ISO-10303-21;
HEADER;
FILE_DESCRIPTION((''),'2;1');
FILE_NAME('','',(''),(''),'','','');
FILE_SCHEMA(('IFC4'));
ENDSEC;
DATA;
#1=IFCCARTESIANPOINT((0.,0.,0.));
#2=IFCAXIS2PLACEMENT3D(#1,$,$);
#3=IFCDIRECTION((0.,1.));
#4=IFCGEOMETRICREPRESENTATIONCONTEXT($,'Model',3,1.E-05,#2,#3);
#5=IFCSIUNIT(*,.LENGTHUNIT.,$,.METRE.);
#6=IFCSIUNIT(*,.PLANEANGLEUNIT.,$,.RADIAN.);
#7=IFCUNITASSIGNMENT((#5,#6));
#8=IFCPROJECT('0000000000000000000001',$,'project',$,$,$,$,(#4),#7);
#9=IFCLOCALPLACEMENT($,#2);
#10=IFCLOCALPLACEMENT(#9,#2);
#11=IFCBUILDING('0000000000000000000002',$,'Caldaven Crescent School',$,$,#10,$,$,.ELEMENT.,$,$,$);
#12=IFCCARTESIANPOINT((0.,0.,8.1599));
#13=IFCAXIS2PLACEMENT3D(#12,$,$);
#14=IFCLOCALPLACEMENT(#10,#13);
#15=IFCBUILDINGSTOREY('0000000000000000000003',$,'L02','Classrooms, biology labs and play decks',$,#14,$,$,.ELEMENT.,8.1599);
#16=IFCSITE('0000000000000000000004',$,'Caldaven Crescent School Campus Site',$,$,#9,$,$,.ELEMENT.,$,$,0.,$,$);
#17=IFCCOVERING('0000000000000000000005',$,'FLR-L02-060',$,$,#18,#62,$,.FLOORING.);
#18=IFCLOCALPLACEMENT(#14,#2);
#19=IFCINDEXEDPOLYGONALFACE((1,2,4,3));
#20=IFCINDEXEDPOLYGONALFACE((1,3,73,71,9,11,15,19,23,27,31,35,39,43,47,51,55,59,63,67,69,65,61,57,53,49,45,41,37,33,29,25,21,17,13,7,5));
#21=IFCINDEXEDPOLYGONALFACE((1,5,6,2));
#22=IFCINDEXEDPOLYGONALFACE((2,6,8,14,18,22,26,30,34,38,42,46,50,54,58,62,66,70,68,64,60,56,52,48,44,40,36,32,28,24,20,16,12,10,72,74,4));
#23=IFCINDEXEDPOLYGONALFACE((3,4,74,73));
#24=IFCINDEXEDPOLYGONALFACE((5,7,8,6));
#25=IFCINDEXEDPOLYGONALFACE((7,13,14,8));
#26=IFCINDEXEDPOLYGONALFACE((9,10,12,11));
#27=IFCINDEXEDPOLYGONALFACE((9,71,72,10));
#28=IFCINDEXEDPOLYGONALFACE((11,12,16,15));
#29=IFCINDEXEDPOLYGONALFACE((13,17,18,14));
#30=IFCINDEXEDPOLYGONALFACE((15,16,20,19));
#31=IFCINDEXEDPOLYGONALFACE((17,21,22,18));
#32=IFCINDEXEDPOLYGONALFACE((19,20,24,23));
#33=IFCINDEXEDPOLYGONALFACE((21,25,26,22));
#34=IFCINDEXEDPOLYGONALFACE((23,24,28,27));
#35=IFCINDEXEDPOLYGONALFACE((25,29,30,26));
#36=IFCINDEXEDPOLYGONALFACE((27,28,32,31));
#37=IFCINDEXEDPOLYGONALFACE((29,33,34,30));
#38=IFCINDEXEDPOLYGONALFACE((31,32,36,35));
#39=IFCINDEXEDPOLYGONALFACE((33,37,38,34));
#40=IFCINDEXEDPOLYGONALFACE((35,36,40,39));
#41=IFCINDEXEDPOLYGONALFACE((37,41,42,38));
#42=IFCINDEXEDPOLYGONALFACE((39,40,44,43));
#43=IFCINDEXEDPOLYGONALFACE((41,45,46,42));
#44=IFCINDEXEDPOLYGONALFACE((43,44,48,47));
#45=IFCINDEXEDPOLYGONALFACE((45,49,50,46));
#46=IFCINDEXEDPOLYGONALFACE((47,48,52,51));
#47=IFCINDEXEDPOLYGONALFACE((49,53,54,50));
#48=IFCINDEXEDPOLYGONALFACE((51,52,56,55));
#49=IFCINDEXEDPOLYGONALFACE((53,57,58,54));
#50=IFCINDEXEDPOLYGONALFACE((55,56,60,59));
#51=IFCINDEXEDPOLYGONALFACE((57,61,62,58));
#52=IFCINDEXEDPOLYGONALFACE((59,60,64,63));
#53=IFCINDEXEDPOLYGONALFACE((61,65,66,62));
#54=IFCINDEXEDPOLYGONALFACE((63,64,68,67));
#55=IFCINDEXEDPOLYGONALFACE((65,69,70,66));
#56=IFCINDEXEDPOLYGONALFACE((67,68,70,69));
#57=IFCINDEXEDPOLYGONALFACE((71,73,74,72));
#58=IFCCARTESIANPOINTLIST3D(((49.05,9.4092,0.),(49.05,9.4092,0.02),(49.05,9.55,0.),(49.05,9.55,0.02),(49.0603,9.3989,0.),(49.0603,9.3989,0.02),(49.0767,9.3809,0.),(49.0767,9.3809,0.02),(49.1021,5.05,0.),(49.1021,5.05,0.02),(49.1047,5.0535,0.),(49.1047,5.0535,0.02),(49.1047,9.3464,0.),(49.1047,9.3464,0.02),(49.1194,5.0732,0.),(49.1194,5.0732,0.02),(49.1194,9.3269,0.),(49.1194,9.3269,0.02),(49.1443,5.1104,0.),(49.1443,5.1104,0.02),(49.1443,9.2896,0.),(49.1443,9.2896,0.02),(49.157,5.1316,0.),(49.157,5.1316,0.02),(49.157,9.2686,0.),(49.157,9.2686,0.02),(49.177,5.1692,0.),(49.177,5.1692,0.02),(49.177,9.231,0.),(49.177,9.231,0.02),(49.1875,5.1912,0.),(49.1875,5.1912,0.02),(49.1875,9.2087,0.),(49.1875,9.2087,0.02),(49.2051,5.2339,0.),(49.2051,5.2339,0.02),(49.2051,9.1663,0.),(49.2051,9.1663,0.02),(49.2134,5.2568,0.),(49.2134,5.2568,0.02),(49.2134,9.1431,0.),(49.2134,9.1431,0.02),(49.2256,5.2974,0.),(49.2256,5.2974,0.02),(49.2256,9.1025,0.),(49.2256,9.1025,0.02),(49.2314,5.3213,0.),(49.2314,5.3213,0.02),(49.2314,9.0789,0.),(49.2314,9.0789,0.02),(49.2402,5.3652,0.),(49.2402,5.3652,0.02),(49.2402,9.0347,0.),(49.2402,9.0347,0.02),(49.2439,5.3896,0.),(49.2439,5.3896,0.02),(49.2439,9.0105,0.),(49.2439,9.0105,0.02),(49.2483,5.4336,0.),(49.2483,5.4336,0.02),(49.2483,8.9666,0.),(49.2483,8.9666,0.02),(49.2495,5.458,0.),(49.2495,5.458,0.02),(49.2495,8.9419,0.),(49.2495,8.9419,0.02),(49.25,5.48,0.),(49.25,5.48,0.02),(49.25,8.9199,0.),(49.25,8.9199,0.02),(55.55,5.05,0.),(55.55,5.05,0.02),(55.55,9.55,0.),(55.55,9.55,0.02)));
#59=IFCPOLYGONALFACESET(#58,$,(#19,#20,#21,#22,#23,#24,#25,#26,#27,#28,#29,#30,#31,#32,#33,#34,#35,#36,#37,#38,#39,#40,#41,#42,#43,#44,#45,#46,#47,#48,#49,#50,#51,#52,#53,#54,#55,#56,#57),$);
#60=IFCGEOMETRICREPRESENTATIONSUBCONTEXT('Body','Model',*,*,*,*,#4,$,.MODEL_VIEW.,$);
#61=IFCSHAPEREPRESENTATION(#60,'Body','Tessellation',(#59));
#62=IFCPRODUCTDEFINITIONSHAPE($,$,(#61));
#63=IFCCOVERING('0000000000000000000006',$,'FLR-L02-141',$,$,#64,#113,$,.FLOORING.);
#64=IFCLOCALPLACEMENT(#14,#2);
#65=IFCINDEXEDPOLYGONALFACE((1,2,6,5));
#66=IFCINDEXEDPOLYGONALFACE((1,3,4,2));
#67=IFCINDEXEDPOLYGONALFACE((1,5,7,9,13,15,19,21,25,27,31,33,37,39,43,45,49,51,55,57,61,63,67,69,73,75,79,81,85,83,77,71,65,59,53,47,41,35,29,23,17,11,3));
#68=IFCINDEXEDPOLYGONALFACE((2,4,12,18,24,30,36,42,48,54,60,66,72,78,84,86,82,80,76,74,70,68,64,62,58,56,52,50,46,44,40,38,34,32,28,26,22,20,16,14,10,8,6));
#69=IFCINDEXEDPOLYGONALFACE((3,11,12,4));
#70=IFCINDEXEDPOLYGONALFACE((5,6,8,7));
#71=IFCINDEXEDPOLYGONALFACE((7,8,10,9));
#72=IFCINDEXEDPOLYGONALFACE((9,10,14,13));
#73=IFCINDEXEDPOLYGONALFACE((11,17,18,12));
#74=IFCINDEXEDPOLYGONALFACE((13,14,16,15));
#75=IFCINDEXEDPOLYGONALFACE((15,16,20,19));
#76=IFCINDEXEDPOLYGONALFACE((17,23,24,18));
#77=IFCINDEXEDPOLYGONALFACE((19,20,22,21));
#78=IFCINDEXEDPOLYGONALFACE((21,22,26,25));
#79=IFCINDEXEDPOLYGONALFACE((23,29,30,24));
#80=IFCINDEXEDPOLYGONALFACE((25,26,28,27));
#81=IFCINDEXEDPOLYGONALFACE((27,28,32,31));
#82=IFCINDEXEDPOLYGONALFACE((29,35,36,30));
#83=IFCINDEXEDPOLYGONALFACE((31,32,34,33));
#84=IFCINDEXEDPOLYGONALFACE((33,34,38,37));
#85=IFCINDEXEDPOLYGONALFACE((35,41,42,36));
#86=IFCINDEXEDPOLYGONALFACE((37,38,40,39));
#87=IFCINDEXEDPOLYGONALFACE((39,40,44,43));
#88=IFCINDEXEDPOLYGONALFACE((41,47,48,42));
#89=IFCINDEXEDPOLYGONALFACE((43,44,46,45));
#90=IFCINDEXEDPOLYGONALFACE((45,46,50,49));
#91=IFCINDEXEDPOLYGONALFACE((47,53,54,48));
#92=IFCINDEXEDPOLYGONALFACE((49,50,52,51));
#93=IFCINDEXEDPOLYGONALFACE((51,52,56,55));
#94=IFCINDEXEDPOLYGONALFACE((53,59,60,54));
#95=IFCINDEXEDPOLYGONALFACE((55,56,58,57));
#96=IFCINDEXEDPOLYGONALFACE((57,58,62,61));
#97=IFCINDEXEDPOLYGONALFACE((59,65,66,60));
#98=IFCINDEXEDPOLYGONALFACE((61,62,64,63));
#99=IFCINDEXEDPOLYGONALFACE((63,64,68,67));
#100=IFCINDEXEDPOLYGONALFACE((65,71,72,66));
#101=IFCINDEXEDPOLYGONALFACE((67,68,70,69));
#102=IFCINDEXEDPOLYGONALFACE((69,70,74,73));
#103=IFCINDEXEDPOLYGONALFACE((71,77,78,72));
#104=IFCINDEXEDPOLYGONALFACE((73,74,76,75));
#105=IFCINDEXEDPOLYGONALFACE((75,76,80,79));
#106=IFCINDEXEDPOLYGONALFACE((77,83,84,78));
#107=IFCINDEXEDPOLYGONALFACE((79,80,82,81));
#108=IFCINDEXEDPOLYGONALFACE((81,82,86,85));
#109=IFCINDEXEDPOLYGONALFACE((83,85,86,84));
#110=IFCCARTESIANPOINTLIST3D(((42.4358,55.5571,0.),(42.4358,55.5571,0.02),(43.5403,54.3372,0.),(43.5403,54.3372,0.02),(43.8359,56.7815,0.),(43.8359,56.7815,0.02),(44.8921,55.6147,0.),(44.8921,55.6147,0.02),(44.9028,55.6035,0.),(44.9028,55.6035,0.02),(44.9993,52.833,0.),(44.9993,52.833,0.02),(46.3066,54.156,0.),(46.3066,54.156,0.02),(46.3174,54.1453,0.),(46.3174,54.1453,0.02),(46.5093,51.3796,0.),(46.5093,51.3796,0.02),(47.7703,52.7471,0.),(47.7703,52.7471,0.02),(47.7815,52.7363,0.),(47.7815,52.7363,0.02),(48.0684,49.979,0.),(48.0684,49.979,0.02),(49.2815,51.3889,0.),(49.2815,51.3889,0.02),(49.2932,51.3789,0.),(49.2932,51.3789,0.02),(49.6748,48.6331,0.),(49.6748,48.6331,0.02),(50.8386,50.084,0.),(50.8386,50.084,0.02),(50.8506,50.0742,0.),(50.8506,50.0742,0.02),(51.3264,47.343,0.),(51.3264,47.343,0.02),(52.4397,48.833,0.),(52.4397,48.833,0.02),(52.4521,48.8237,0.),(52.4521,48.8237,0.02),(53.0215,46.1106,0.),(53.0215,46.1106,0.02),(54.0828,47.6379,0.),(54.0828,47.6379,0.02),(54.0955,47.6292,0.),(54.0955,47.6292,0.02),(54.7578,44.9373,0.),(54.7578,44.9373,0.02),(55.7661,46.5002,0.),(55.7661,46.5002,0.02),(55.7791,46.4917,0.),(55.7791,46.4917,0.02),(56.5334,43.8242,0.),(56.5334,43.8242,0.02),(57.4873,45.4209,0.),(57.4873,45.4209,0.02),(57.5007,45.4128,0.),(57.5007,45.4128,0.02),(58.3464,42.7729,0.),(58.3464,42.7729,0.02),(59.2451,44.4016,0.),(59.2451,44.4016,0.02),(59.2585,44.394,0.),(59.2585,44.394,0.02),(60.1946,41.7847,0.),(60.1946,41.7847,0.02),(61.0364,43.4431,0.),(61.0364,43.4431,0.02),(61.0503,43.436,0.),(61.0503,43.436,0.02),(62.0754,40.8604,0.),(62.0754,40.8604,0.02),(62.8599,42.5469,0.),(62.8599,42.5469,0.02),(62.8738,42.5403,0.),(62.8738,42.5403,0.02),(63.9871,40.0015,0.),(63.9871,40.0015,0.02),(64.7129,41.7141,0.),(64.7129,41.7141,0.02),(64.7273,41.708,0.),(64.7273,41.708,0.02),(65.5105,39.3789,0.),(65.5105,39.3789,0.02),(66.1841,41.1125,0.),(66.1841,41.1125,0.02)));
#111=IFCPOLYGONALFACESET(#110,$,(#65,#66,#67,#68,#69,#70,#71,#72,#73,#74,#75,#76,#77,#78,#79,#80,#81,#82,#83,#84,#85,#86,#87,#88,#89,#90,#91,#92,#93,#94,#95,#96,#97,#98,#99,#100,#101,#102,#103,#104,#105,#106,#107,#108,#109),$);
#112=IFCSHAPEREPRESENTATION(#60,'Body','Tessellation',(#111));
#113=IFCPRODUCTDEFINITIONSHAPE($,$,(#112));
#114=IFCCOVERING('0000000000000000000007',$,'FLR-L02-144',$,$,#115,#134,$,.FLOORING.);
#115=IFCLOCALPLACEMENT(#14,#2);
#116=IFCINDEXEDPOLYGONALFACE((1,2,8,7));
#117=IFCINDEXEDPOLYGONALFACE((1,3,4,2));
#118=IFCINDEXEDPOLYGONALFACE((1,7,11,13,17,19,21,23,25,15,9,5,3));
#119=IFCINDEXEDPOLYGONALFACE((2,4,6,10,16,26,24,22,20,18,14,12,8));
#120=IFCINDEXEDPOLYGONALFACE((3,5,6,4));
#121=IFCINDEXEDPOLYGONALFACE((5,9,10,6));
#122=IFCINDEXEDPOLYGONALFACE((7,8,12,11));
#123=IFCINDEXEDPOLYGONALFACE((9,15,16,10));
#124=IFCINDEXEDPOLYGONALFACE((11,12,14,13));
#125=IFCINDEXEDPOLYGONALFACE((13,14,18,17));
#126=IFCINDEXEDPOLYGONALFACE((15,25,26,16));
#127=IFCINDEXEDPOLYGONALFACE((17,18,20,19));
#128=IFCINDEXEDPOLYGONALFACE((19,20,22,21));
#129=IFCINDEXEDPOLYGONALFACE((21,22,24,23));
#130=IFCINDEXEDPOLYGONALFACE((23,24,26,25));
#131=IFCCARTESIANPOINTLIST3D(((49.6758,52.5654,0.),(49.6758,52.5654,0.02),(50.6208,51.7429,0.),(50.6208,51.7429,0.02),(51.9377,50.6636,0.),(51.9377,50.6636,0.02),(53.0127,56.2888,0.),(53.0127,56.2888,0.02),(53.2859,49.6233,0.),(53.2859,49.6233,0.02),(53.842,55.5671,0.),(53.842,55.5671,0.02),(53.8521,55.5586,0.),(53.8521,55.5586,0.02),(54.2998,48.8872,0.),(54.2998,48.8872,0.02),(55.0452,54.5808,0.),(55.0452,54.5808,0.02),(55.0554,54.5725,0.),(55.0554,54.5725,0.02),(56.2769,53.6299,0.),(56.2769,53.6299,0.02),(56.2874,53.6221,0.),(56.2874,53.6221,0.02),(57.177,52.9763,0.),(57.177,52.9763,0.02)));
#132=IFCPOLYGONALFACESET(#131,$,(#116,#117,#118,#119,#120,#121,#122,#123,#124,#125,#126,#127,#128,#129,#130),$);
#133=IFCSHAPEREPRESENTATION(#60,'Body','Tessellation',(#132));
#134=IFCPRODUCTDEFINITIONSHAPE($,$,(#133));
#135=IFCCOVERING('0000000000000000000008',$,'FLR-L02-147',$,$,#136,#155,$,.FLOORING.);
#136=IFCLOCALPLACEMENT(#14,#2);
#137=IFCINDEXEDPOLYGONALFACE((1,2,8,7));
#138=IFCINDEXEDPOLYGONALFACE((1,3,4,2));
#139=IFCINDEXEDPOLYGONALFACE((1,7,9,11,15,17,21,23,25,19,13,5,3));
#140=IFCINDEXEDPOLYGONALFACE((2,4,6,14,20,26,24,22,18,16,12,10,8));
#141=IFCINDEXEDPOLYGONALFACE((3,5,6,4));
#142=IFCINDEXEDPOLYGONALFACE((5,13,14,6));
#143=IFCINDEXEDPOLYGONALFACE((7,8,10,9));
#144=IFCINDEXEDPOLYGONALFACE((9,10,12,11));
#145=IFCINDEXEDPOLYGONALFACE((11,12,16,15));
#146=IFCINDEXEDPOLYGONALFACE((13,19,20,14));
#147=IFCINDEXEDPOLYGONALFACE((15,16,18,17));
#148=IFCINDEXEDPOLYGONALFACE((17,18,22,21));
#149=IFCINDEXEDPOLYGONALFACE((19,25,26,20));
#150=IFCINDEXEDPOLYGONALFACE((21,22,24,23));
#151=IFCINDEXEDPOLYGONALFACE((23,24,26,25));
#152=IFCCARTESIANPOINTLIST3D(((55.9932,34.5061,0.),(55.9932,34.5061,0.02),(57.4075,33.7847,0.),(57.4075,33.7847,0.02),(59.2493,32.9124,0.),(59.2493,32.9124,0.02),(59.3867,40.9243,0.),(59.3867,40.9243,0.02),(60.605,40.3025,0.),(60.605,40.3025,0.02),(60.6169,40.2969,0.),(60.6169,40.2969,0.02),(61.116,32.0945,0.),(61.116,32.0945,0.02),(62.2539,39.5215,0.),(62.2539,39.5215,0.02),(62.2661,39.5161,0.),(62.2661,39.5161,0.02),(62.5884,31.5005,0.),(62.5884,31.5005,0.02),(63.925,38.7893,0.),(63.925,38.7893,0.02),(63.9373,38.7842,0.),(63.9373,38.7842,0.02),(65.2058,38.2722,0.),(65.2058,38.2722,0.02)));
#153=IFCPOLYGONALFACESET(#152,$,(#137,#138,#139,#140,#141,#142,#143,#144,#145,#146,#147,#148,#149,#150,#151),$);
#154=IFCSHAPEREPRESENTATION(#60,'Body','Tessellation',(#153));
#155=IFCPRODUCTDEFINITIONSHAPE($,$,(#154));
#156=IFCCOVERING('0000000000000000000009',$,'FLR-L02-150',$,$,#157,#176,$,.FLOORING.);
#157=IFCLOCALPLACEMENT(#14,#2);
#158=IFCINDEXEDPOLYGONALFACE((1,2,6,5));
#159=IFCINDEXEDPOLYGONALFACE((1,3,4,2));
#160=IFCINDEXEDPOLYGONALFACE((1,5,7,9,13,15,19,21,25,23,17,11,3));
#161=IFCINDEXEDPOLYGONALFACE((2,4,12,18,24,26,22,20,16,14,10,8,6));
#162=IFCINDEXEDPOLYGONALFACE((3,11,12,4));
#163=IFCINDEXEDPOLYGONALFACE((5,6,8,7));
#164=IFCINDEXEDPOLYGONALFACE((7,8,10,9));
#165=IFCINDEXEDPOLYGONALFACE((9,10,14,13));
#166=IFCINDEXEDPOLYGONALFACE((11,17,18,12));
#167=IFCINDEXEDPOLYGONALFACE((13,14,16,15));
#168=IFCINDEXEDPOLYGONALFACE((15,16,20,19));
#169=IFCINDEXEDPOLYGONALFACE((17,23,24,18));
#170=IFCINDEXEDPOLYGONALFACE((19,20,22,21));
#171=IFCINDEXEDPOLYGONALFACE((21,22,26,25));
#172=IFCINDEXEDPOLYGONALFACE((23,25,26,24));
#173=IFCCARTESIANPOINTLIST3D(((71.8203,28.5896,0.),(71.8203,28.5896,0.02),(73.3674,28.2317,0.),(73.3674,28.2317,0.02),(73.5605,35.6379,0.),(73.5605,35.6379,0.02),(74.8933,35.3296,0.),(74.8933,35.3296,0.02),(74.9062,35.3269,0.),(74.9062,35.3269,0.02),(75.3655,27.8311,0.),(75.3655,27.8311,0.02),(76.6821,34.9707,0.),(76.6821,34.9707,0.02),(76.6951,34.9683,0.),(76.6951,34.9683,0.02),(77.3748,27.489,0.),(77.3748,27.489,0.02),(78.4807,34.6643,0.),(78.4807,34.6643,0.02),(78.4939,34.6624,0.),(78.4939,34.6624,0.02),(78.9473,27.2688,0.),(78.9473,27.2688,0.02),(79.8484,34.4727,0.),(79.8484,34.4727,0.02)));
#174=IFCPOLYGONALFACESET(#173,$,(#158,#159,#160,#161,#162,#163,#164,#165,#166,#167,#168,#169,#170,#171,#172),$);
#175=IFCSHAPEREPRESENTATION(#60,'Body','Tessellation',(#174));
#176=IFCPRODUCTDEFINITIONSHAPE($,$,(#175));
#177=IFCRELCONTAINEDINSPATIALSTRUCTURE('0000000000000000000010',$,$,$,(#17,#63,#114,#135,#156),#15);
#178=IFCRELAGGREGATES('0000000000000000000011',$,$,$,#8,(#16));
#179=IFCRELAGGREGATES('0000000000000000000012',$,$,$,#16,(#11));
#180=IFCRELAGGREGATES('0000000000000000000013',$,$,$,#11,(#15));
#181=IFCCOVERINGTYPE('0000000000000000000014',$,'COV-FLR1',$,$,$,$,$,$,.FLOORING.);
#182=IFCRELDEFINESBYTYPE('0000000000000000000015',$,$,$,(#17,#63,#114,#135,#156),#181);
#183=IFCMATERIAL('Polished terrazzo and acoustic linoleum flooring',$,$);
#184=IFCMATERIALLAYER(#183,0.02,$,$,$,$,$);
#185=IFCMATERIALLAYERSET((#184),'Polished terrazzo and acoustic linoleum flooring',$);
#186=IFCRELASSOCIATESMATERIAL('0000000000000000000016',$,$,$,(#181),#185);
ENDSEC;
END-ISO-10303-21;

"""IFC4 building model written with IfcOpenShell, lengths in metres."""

from ifc_helpers import new_model, si_unit, direction, frame, origin, place, context, subcontext, project, spatial, polyline, outline, extrude, material, layer, layer_set, type_object, element, save


model = new_model("IFC4")

# Units and contexts
model_context = context("Model", 3, precision=1e-05, world=origin(), true_north=direction((0.0, 1.0)))
body_context = subcontext(model_context, "Body", "Model", "MODEL_VIEW")
ifc_project = project(units=[si_unit("LENGTHUNIT", "METRE"), si_unit("PLANEANGLEUNIT", "RADIAN")], contexts=[model_context])

# Site, building, storey
site_placement = place(None, origin())
site = spatial("IfcSite", under=ifc_project, at=site_placement, Name="Caldaven Crescent School Campus Site", CompositionType="ELEMENT", RefElevation=0.0)
building_placement = place(site_placement, origin())
building = spatial("IfcBuilding", under=site, at=building_placement, Name="Caldaven Crescent School", CompositionType="ELEMENT")
storey_placement = place(building_placement, frame((0.0, 0.0, 8.1599)))
storey = spatial("IfcBuildingStorey", under=building, at=storey_placement, Name="L02", Description="Classrooms, biology labs and play decks", CompositionType="ELEMENT", Elevation=8.1599)

# Coverings
ifc_material_1 = material(Name="Polished terrazzo and acoustic linoleum flooring")
ifc_layer_1 = layer(ifc_material_1, 0.02)
ifc_layer_set_1 = layer_set([ifc_layer_1], Name="Polished terrazzo and acoustic linoleum flooring")
covering_type_1 = type_object("IfcCoveringType", Name="COV-FLR1", PredefinedType="FLOORING", material=ifc_layer_set_1)
covering_1_placement = place(storey_placement, origin())
element("IfcCovering", 1, at=covering_1_placement, inside=storey, type_object=covering_type_1, Name="FLR-L02-060", PredefinedType="FLOORING", context=body_context, shape_type="SweptSolid", body=[
    extrude(outline(polyline([(49.05, 9.4092), (49.05, 9.55), (55.55, 9.55), (55.55, 5.05), (49.1021, 5.05), (49.1047, 5.0535), (49.1194, 5.0732), (49.1443, 5.1104), (49.157, 5.1316), (49.177, 5.1692), (49.1875, 5.1912), (49.2051, 5.2339), (49.2134, 5.2568), (49.2256, 5.2974), (49.2314, 5.3213), (49.2402, 5.3652), (49.2439, 5.3896), (49.2483, 5.4336), (49.2495, 5.458), (49.25, 5.48), (49.25, 8.9199), (49.2495, 8.9419), (49.2483, 8.9666), (49.2439, 9.0105), (49.2402, 9.0347), (49.2314, 9.0789), (49.2256, 9.1025), (49.2134, 9.1431), (49.2051, 9.1663), (49.1875, 9.2087), (49.177, 9.231), (49.157, 9.2686), (49.1443, 9.2896), (49.1194, 9.3269), (49.1047, 9.3464), (49.0767, 9.3809), (49.0603, 9.3989), (49.05, 9.4092)])), origin(), (0.0, 0.0, 1.0), 0.02),
])
covering_2_placement = place(storey_placement, origin())
element("IfcCovering", 2, at=covering_2_placement, inside=storey, type_object=covering_type_1, Name="FLR-L02-141", PredefinedType="FLOORING", context=body_context, shape_type="SweptSolid", body=[
    extrude(outline(polyline([(43.8359, 56.7815), (44.8921, 55.6147), (44.9028, 55.6035), (46.3066, 54.156), (46.3174, 54.1453), (47.7703, 52.7471), (47.7815, 52.7363), (49.2815, 51.3889), (49.2932, 51.3789), (50.8386, 50.084), (50.8506, 50.0742), (52.4397, 48.833), (52.4521, 48.8237), (54.0828, 47.6379), (54.0955, 47.6292), (55.7661, 46.5002), (55.7791, 46.4917), (57.4873, 45.4209), (57.5007, 45.4128), (59.2451, 44.4016), (59.2585, 44.394), (61.0364, 43.4431), (61.0503, 43.436), (62.8599, 42.5469), (62.8738, 42.5403), (64.7129, 41.7141), (64.7273, 41.708), (66.1841, 41.1125), (65.5105, 39.3789), (63.9871, 40.0015), (62.0754, 40.8604), (60.1946, 41.7847), (58.3464, 42.7729), (56.5334, 43.8242), (54.7578, 44.9373), (53.0215, 46.1106), (51.3264, 47.343), (49.6748, 48.6331), (48.0684, 49.979), (46.5093, 51.3796), (44.9993, 52.833), (43.5403, 54.3372), (42.4358, 55.5571), (43.8359, 56.7815)])), origin(), (0.0, 0.0, 1.0), 0.02),
])
covering_3_placement = place(storey_placement, origin())
element("IfcCovering", 3, at=covering_3_placement, inside=storey, type_object=covering_type_1, Name="FLR-L02-144", PredefinedType="FLOORING", context=body_context, shape_type="SweptSolid", body=[
    extrude(outline(polyline([(53.0127, 56.2888), (53.842, 55.5671), (53.8521, 55.5586), (55.0452, 54.5808), (55.0554, 54.5725), (56.2769, 53.6299), (56.2874, 53.6221), (57.177, 52.9763), (54.2998, 48.8872), (53.2859, 49.6233), (51.9377, 50.6636), (50.6208, 51.7429), (49.6758, 52.5654), (53.0127, 56.2888)])), origin(), (0.0, 0.0, 1.0), 0.02),
])
covering_4_placement = place(storey_placement, origin())
element("IfcCovering", 4, at=covering_4_placement, inside=storey, type_object=covering_type_1, Name="FLR-L02-147", PredefinedType="FLOORING", context=body_context, shape_type="SweptSolid", body=[
    extrude(outline(polyline([(59.3867, 40.9243), (60.605, 40.3025), (60.6169, 40.2969), (62.2539, 39.5215), (62.2661, 39.5161), (63.925, 38.7893), (63.9373, 38.7842), (65.2058, 38.2722), (62.5884, 31.5005), (61.116, 32.0945), (59.2493, 32.9124), (57.4075, 33.7847), (55.9932, 34.5061), (59.3867, 40.9243)])), origin(), (0.0, 0.0, 1.0), 0.02),
])
covering_5_placement = place(storey_placement, origin())
element("IfcCovering", 5, at=covering_5_placement, inside=storey, type_object=covering_type_1, Name="FLR-L02-150", PredefinedType="FLOORING", context=body_context, shape_type="SweptSolid", body=[
    extrude(outline(polyline([(73.5605, 35.6379), (74.8933, 35.3296), (74.9062, 35.3269), (76.6821, 34.9707), (76.6951, 34.9683), (78.4807, 34.6643), (78.4939, 34.6624), (79.8484, 34.4727), (78.9473, 27.2688), (77.3748, 27.489), (75.3655, 27.8311), (73.3674, 28.2317), (71.8203, 28.5896), (73.5605, 35.6379)])), origin(), (0.0, 0.0, 1.0), 0.02),
])

save(model, "model.ifc")
